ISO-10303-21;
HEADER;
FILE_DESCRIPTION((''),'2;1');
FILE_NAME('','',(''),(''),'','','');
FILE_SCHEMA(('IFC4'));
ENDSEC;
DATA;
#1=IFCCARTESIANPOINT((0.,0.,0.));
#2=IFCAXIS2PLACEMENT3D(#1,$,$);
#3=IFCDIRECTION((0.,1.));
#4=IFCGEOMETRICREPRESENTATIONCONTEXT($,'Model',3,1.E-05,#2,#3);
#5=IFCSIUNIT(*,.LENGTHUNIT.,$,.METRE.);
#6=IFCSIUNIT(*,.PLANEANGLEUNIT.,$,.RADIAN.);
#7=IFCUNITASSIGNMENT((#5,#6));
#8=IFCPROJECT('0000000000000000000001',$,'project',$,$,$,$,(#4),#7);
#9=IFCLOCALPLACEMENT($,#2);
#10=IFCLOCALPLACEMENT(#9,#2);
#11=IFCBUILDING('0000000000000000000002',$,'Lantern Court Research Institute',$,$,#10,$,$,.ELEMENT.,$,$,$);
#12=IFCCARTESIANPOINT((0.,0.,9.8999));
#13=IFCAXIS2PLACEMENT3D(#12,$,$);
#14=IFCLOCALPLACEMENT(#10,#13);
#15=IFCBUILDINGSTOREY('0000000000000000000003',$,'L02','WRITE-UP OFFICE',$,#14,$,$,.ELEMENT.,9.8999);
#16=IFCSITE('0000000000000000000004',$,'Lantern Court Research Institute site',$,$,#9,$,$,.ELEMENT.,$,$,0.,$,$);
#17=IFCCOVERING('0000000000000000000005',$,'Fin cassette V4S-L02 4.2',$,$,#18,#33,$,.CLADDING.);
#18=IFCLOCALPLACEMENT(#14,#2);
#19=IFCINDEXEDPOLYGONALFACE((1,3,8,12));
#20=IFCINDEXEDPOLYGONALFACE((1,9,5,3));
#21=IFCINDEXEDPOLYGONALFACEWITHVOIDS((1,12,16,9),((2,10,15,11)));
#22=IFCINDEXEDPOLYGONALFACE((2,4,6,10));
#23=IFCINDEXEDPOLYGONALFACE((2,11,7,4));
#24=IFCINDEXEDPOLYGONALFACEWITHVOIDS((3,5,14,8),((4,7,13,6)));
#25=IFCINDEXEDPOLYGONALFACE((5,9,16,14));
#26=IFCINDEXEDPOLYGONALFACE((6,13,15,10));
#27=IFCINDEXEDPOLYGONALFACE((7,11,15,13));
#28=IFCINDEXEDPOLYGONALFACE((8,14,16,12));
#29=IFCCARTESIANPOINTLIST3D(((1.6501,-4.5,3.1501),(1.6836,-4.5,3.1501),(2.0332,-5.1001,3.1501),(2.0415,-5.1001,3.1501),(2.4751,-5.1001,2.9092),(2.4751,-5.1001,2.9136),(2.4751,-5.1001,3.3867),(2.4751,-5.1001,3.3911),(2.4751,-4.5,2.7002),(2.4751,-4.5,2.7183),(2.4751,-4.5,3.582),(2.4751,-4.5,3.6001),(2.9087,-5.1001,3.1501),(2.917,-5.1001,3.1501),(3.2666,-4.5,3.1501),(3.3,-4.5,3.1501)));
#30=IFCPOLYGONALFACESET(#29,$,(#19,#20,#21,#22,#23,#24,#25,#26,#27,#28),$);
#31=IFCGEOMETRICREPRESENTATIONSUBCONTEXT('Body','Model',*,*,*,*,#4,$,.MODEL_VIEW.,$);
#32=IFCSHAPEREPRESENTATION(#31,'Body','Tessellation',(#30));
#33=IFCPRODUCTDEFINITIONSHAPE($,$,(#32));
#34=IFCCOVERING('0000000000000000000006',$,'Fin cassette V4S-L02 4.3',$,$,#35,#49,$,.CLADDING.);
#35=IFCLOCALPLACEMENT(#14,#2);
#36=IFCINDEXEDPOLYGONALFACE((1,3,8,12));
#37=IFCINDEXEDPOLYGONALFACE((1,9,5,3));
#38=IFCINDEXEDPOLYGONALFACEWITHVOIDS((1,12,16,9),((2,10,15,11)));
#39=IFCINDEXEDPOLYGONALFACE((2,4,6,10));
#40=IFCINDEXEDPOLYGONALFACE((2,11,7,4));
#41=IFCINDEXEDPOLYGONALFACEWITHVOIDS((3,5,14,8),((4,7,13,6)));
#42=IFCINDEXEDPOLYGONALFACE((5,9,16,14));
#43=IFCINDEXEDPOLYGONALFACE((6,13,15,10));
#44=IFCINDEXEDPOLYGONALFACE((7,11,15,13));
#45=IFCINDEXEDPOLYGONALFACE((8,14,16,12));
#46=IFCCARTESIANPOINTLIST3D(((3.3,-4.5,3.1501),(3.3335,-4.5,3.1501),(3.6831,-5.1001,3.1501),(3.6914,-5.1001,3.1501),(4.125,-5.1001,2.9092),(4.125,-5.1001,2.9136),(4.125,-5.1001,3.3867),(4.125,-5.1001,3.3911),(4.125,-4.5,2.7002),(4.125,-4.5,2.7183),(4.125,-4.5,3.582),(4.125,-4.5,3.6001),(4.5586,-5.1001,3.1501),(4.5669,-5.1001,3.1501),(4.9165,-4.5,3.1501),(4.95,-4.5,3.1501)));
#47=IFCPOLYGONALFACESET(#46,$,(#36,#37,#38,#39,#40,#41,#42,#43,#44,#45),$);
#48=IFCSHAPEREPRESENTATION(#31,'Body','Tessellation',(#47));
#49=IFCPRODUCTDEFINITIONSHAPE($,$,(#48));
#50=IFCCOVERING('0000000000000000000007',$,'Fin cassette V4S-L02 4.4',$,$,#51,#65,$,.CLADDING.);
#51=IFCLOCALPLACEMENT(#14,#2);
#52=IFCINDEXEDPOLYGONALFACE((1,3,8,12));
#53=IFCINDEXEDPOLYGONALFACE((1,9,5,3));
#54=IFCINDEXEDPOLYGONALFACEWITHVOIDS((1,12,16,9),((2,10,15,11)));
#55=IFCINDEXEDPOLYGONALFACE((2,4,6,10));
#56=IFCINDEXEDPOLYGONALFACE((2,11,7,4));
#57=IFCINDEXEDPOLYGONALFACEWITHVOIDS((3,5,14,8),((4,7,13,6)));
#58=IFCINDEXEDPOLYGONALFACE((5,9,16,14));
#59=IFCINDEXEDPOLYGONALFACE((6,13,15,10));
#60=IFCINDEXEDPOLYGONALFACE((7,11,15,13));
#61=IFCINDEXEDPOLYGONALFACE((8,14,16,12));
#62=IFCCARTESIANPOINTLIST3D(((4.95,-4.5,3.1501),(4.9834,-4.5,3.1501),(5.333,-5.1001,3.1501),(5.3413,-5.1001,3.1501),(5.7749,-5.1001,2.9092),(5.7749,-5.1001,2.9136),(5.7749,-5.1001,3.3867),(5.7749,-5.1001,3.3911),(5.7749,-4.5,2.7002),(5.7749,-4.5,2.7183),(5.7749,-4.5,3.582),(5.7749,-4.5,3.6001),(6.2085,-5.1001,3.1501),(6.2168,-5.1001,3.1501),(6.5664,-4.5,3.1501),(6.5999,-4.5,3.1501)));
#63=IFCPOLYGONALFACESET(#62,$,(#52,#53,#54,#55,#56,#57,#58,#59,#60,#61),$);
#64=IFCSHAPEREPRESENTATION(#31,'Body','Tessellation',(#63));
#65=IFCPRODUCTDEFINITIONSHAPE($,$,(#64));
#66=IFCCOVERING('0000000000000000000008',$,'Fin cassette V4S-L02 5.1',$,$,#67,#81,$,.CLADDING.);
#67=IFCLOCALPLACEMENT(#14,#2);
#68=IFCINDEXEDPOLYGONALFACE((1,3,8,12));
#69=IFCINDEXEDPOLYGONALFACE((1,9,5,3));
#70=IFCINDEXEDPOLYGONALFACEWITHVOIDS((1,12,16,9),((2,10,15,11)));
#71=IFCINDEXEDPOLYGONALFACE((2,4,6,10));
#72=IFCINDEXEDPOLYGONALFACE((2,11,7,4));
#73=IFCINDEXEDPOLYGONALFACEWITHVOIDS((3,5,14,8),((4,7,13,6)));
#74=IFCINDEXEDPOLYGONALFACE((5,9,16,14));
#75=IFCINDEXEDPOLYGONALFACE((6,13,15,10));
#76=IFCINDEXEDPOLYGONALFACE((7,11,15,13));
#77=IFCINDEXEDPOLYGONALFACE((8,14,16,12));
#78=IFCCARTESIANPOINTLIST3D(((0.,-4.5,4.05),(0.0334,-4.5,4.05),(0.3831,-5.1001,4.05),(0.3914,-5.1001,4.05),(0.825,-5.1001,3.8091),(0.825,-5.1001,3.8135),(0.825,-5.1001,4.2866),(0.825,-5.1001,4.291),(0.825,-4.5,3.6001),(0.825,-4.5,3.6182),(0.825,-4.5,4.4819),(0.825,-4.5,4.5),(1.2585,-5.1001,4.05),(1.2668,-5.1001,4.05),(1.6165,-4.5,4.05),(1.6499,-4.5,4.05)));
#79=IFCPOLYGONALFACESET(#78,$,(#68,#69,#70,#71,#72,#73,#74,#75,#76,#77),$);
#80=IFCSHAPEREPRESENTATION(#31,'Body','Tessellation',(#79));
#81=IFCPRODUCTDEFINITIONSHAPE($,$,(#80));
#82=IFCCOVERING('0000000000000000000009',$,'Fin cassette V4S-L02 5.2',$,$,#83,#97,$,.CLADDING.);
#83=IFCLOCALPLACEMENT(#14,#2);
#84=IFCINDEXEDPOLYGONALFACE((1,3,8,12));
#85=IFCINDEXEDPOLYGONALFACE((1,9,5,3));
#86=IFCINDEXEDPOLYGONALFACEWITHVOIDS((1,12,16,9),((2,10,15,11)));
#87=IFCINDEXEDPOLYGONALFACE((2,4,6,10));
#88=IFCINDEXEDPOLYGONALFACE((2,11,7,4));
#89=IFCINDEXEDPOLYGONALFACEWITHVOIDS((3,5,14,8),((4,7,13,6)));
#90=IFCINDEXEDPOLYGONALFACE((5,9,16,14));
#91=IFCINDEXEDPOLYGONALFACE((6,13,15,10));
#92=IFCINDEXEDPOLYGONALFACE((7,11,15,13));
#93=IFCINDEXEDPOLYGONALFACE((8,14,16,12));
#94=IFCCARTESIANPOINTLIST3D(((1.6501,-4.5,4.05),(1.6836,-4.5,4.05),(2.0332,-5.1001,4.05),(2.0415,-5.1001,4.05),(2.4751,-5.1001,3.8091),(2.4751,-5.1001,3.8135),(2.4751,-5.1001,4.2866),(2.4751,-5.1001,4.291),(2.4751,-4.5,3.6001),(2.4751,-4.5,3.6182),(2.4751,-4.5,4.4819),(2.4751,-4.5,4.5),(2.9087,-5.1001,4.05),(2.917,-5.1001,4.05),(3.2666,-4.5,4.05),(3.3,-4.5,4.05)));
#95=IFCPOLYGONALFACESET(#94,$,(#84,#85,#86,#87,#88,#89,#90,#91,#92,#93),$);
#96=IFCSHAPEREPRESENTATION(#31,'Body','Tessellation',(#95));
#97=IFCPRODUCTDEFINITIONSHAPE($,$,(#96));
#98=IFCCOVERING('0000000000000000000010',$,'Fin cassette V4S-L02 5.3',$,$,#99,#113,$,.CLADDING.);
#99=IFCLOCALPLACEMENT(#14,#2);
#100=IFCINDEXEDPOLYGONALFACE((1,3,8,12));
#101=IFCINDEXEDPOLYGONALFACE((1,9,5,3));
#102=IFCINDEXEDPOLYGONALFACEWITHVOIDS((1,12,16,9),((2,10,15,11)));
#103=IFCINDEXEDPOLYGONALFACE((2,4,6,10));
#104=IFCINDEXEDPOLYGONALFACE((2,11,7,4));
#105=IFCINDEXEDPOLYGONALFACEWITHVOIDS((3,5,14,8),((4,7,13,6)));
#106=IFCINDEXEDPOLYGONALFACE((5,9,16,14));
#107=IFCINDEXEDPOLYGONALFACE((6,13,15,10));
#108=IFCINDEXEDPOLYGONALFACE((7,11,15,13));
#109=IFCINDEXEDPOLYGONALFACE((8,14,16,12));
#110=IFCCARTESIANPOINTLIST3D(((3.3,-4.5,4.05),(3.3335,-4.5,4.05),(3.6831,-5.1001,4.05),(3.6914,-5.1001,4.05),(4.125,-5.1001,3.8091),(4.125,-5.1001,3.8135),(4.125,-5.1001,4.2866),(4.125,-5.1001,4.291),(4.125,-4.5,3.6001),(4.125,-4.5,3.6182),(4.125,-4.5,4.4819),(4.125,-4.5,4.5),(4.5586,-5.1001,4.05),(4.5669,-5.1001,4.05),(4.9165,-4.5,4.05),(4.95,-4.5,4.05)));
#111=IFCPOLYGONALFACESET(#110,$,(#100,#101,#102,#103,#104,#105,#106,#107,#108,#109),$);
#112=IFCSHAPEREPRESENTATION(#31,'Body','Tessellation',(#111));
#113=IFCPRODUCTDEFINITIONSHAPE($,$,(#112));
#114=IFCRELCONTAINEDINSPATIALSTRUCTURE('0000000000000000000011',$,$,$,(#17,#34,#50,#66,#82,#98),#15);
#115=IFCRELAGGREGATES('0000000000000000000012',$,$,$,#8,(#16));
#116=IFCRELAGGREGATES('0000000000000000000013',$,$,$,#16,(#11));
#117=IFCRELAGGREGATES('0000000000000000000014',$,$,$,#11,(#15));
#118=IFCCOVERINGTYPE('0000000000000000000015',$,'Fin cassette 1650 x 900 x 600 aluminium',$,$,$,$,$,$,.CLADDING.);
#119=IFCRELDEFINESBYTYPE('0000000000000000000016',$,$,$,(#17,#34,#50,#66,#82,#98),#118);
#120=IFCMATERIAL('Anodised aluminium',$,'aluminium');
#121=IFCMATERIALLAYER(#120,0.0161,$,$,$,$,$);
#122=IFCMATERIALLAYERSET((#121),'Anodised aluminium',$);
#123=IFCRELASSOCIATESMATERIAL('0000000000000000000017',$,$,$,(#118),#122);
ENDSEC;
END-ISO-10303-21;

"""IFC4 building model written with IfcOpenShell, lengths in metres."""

from ifc_helpers import new_model, entity, si_unit, direction, frame, origin, place, context, subcontext, project, spatial, material, layer, layer_set, type_object, element, save


model = new_model("IFC4")

# Units and contexts
model_context = context("Model", 3, precision=1e-05, world=origin(), true_north=direction((0.0, 1.0)))
body_context = subcontext(model_context, "Body", "Model", "MODEL_VIEW")
ifc_project = project(units=[si_unit("LENGTHUNIT", "METRE"), si_unit("PLANEANGLEUNIT", "RADIAN")], contexts=[model_context])

# Site, building, storey
site_placement = place(None, origin())
site = spatial("IfcSite", under=ifc_project, at=site_placement, Name="Lantern Court Research Institute site", CompositionType="ELEMENT", RefElevation=0.0)
building_placement = place(site_placement, origin())
building = spatial("IfcBuilding", under=site, at=building_placement, Name="Lantern Court Research Institute", CompositionType="ELEMENT")
storey_placement = place(building_placement, frame((0.0, 0.0, 9.8999)))
storey = spatial("IfcBuildingStorey", under=building, at=storey_placement, Name="L02", Description="WRITE-UP OFFICE", CompositionType="ELEMENT", Elevation=9.8999)

# Coverings
ifc_material_1 = material(Name="Anodised aluminium", Category="aluminium")
ifc_layer_1 = layer(ifc_material_1, 0.0161)
ifc_layer_set_1 = layer_set([ifc_layer_1], Name="Anodised aluminium")
covering_type = type_object("IfcCoveringType", Name="Fin cassette 1650 x 900 x 600 aluminium", PredefinedType="CLADDING", material=ifc_layer_set_1)
covering_1_placement = place(storey_placement, frame((2.4751, -4.5, 3.1501), z_axis=(0.0, -1.0, 0.0), x_axis=(1.0, 0.0, 0.0)))
cartesian_point_1 = entity("IfcCartesianPoint", [0.825, 0.0])
cartesian_point_2 = entity("IfcCartesianPoint", [0.7915, 0.0])
cartesian_point_3 = entity("IfcCartesianPoint", [0.4419, 0.0])
cartesian_point_4 = entity("IfcCartesianPoint", [0.4336, 0.0])
element("IfcCovering", 1, at=covering_1_placement, inside=storey, type_object=covering_type, Name="Fin cassette V4S-L02 4.2", PredefinedType="CLADDING", context=body_context, shape_type="SweptSolid", body=[
    entity("IfcExtrudedAreaSolidTapered", entity("IfcArbitraryProfileDefWithVoids", "AREA", None, entity("IfcPolyline", [cartesian_point_1, entity("IfcCartesianPoint", [0.0, 0.45]), entity("IfcCartesianPoint", [-0.825, 0.0]), entity("IfcCartesianPoint", [0.0, -0.45]), cartesian_point_1]), [entity("IfcPolyline", [cartesian_point_2, entity("IfcCartesianPoint", [0.0, 0.4319]), entity("IfcCartesianPoint", [-0.7915, 0.0]), entity("IfcCartesianPoint", [0.0, -0.4319]), cartesian_point_2])]), entity("IfcAxis2Placement3D", entity("IfcCartesianPoint", [0.0, 0.0, 0.0])), entity("IfcDirection", [0.0, 0.0, 1.0]), 0.6001, entity("IfcArbitraryProfileDefWithVoids", "AREA", None, entity("IfcPolyline", [cartesian_point_3, entity("IfcCartesianPoint", [0.0, 0.241]), entity("IfcCartesianPoint", [-0.4419, 0.0]), entity("IfcCartesianPoint", [0.0, -0.241]), cartesian_point_3]), [entity("IfcPolyline", [cartesian_point_4, entity("IfcCartesianPoint", [0.0, 0.2366]), entity("IfcCartesianPoint", [-0.4336, 0.0]), entity("IfcCartesianPoint", [0.0, -0.2366]), cartesian_point_4])])),
])
covering_2_placement = place(storey_placement, frame((4.125, -4.5, 3.1501), z_axis=(0.0, -1.0, 0.0), x_axis=(1.0, 0.0, 0.0)))
cartesian_point_5 = entity("IfcCartesianPoint", [0.825, 0.0])
cartesian_point_6 = entity("IfcCartesianPoint", [0.7915, 0.0])
cartesian_point_7 = entity("IfcCartesianPoint", [0.4419, 0.0])
cartesian_point_8 = entity("IfcCartesianPoint", [0.4336, 0.0])
element("IfcCovering", 2, at=covering_2_placement, inside=storey, type_object=covering_type, Name="Fin cassette V4S-L02 4.3", PredefinedType="CLADDING", context=body_context, shape_type="SweptSolid", body=[
    entity("IfcExtrudedAreaSolidTapered", entity("IfcArbitraryProfileDefWithVoids", "AREA", None, entity("IfcPolyline", [cartesian_point_5, entity("IfcCartesianPoint", [0.0, 0.45]), entity("IfcCartesianPoint", [-0.825, 0.0]), entity("IfcCartesianPoint", [0.0, -0.45]), cartesian_point_5]), [entity("IfcPolyline", [cartesian_point_6, entity("IfcCartesianPoint", [0.0, 0.4319]), entity("IfcCartesianPoint", [-0.7915, 0.0]), entity("IfcCartesianPoint", [0.0, -0.4319]), cartesian_point_6])]), entity("IfcAxis2Placement3D", entity("IfcCartesianPoint", [0.0, 0.0, 0.0])), entity("IfcDirection", [0.0, 0.0, 1.0]), 0.6001, entity("IfcArbitraryProfileDefWithVoids", "AREA", None, entity("IfcPolyline", [cartesian_point_7, entity("IfcCartesianPoint", [0.0, 0.241]), entity("IfcCartesianPoint", [-0.4419, 0.0]), entity("IfcCartesianPoint", [0.0, -0.241]), cartesian_point_7]), [entity("IfcPolyline", [cartesian_point_8, entity("IfcCartesianPoint", [0.0, 0.2366]), entity("IfcCartesianPoint", [-0.4336, 0.0]), entity("IfcCartesianPoint", [0.0, -0.2366]), cartesian_point_8])])),
])
covering_3_placement = place(storey_placement, frame((5.7749, -4.5, 3.1501), z_axis=(0.0, -1.0, 0.0), x_axis=(1.0, 0.0, 0.0)))
cartesian_point_9 = entity("IfcCartesianPoint", [0.825, 0.0])
cartesian_point_10 = entity("IfcCartesianPoint", [0.7915, 0.0])
cartesian_point_11 = entity("IfcCartesianPoint", [0.4419, 0.0])
cartesian_point_12 = entity("IfcCartesianPoint", [0.4336, 0.0])
element("IfcCovering", 3, at=covering_3_placement, inside=storey, type_object=covering_type, Name="Fin cassette V4S-L02 4.4", PredefinedType="CLADDING", context=body_context, shape_type="SweptSolid", body=[
    entity("IfcExtrudedAreaSolidTapered", entity("IfcArbitraryProfileDefWithVoids", "AREA", None, entity("IfcPolyline", [cartesian_point_9, entity("IfcCartesianPoint", [0.0, 0.45]), entity("IfcCartesianPoint", [-0.825, 0.0]), entity("IfcCartesianPoint", [0.0, -0.45]), cartesian_point_9]), [entity("IfcPolyline", [cartesian_point_10, entity("IfcCartesianPoint", [0.0, 0.4319]), entity("IfcCartesianPoint", [-0.7915, 0.0]), entity("IfcCartesianPoint", [0.0, -0.4319]), cartesian_point_10])]), entity("IfcAxis2Placement3D", entity("IfcCartesianPoint", [0.0, 0.0, 0.0])), entity("IfcDirection", [0.0, 0.0, 1.0]), 0.6001, entity("IfcArbitraryProfileDefWithVoids", "AREA", None, entity("IfcPolyline", [cartesian_point_11, entity("IfcCartesianPoint", [0.0, 0.241]), entity("IfcCartesianPoint", [-0.4419, 0.0]), entity("IfcCartesianPoint", [0.0, -0.241]), cartesian_point_11]), [entity("IfcPolyline", [cartesian_point_12, entity("IfcCartesianPoint", [0.0, 0.2366]), entity("IfcCartesianPoint", [-0.4336, 0.0]), entity("IfcCartesianPoint", [0.0, -0.2366]), cartesian_point_12])])),
])
covering_4_placement = place(storey_placement, frame((0.825, -4.5, 4.05), z_axis=(0.0, -1.0, 0.0), x_axis=(1.0, 0.0, 0.0)))
cartesian_point_13 = entity("IfcCartesianPoint", [0.825, 0.0])
cartesian_point_14 = entity("IfcCartesianPoint", [0.7915, 0.0])
cartesian_point_15 = entity("IfcCartesianPoint", [0.4419, 0.0])
cartesian_point_16 = entity("IfcCartesianPoint", [0.4336, 0.0])
element("IfcCovering", 4, at=covering_4_placement, inside=storey, type_object=covering_type, Name="Fin cassette V4S-L02 5.1", PredefinedType="CLADDING", context=body_context, shape_type="SweptSolid", body=[
    entity("IfcExtrudedAreaSolidTapered", entity("IfcArbitraryProfileDefWithVoids", "AREA", None, entity("IfcPolyline", [cartesian_point_13, entity("IfcCartesianPoint", [0.0, 0.45]), entity("IfcCartesianPoint", [-0.825, 0.0]), entity("IfcCartesianPoint", [0.0, -0.45]), cartesian_point_13]), [entity("IfcPolyline", [cartesian_point_14, entity("IfcCartesianPoint", [0.0, 0.4319]), entity("IfcCartesianPoint", [-0.7915, 0.0]), entity("IfcCartesianPoint", [0.0, -0.4319]), cartesian_point_14])]), entity("IfcAxis2Placement3D", entity("IfcCartesianPoint", [0.0, 0.0, 0.0])), entity("IfcDirection", [0.0, 0.0, 1.0]), 0.6001, entity("IfcArbitraryProfileDefWithVoids", "AREA", None, entity("IfcPolyline", [cartesian_point_15, entity("IfcCartesianPoint", [0.0, 0.241]), entity("IfcCartesianPoint", [-0.4419, 0.0]), entity("IfcCartesianPoint", [0.0, -0.241]), cartesian_point_15]), [entity("IfcPolyline", [cartesian_point_16, entity("IfcCartesianPoint", [0.0, 0.2366]), entity("IfcCartesianPoint", [-0.4336, 0.0]), entity("IfcCartesianPoint", [0.0, -0.2366]), cartesian_point_16])])),
])
covering_5_placement = place(storey_placement, frame((2.4751, -4.5, 4.05), z_axis=(0.0, -1.0, 0.0), x_axis=(1.0, 0.0, 0.0)))
cartesian_point_17 = entity("IfcCartesianPoint", [0.825, 0.0])
cartesian_point_18 = entity("IfcCartesianPoint", [0.7915, 0.0])
cartesian_point_19 = entity("IfcCartesianPoint", [0.4419, 0.0])
cartesian_point_20 = entity("IfcCartesianPoint", [0.4336, 0.0])
element("IfcCovering", 5, at=covering_5_placement, inside=storey, type_object=covering_type, Name="Fin cassette V4S-L02 5.2", PredefinedType="CLADDING", context=body_context, shape_type="SweptSolid", body=[
    entity("IfcExtrudedAreaSolidTapered", entity("IfcArbitraryProfileDefWithVoids", "AREA", None, entity("IfcPolyline", [cartesian_point_17, entity("IfcCartesianPoint", [0.0, 0.45]), entity("IfcCartesianPoint", [-0.825, 0.0]), entity("IfcCartesianPoint", [0.0, -0.45]), cartesian_point_17]), [entity("IfcPolyline", [cartesian_point_18, entity("IfcCartesianPoint", [0.0, 0.4319]), entity("IfcCartesianPoint", [-0.7915, 0.0]), entity("IfcCartesianPoint", [0.0, -0.4319]), cartesian_point_18])]), entity("IfcAxis2Placement3D", entity("IfcCartesianPoint", [0.0, 0.0, 0.0])), entity("IfcDirection", [0.0, 0.0, 1.0]), 0.6001, entity("IfcArbitraryProfileDefWithVoids", "AREA", None, entity("IfcPolyline", [cartesian_point_19, entity("IfcCartesianPoint", [0.0, 0.241]), entity("IfcCartesianPoint", [-0.4419, 0.0]), entity("IfcCartesianPoint", [0.0, -0.241]), cartesian_point_19]), [entity("IfcPolyline", [cartesian_point_20, entity("IfcCartesianPoint", [0.0, 0.2366]), entity("IfcCartesianPoint", [-0.4336, 0.0]), entity("IfcCartesianPoint", [0.0, -0.2366]), cartesian_point_20])])),
])
covering_6_placement = place(storey_placement, frame((4.125, -4.5, 4.05), z_axis=(0.0, -1.0, 0.0), x_axis=(1.0, 0.0, 0.0)))
cartesian_point_21 = entity("IfcCartesianPoint", [0.825, 0.0])
cartesian_point_22 = entity("IfcCartesianPoint", [0.7915, 0.0])
cartesian_point_23 = entity("IfcCartesianPoint", [0.4419, 0.0])
cartesian_point_24 = entity("IfcCartesianPoint", [0.4336, 0.0])
element("IfcCovering", 6, at=covering_6_placement, inside=storey, type_object=covering_type, Name="Fin cassette V4S-L02 5.3", PredefinedType="CLADDING", context=body_context, shape_type="SweptSolid", body=[
    entity("IfcExtrudedAreaSolidTapered", entity("IfcArbitraryProfileDefWithVoids", "AREA", None, entity("IfcPolyline", [cartesian_point_21, entity("IfcCartesianPoint", [0.0, 0.45]), entity("IfcCartesianPoint", [-0.825, 0.0]), entity("IfcCartesianPoint", [0.0, -0.45]), cartesian_point_21]), [entity("IfcPolyline", [cartesian_point_22, entity("IfcCartesianPoint", [0.0, 0.4319]), entity("IfcCartesianPoint", [-0.7915, 0.0]), entity("IfcCartesianPoint", [0.0, -0.4319]), cartesian_point_22])]), entity("IfcAxis2Placement3D", entity("IfcCartesianPoint", [0.0, 0.0, 0.0])), entity("IfcDirection", [0.0, 0.0, 1.0]), 0.6001, entity("IfcArbitraryProfileDefWithVoids", "AREA", None, entity("IfcPolyline", [cartesian_point_23, entity("IfcCartesianPoint", [0.0, 0.241]), entity("IfcCartesianPoint", [-0.4419, 0.0]), entity("IfcCartesianPoint", [0.0, -0.241]), cartesian_point_23]), [entity("IfcPolyline", [cartesian_point_24, entity("IfcCartesianPoint", [0.0, 0.2366]), entity("IfcCartesianPoint", [-0.4336, 0.0]), entity("IfcCartesianPoint", [0.0, -0.2366]), cartesian_point_24])])),
])

save(model, "model.ifc")
